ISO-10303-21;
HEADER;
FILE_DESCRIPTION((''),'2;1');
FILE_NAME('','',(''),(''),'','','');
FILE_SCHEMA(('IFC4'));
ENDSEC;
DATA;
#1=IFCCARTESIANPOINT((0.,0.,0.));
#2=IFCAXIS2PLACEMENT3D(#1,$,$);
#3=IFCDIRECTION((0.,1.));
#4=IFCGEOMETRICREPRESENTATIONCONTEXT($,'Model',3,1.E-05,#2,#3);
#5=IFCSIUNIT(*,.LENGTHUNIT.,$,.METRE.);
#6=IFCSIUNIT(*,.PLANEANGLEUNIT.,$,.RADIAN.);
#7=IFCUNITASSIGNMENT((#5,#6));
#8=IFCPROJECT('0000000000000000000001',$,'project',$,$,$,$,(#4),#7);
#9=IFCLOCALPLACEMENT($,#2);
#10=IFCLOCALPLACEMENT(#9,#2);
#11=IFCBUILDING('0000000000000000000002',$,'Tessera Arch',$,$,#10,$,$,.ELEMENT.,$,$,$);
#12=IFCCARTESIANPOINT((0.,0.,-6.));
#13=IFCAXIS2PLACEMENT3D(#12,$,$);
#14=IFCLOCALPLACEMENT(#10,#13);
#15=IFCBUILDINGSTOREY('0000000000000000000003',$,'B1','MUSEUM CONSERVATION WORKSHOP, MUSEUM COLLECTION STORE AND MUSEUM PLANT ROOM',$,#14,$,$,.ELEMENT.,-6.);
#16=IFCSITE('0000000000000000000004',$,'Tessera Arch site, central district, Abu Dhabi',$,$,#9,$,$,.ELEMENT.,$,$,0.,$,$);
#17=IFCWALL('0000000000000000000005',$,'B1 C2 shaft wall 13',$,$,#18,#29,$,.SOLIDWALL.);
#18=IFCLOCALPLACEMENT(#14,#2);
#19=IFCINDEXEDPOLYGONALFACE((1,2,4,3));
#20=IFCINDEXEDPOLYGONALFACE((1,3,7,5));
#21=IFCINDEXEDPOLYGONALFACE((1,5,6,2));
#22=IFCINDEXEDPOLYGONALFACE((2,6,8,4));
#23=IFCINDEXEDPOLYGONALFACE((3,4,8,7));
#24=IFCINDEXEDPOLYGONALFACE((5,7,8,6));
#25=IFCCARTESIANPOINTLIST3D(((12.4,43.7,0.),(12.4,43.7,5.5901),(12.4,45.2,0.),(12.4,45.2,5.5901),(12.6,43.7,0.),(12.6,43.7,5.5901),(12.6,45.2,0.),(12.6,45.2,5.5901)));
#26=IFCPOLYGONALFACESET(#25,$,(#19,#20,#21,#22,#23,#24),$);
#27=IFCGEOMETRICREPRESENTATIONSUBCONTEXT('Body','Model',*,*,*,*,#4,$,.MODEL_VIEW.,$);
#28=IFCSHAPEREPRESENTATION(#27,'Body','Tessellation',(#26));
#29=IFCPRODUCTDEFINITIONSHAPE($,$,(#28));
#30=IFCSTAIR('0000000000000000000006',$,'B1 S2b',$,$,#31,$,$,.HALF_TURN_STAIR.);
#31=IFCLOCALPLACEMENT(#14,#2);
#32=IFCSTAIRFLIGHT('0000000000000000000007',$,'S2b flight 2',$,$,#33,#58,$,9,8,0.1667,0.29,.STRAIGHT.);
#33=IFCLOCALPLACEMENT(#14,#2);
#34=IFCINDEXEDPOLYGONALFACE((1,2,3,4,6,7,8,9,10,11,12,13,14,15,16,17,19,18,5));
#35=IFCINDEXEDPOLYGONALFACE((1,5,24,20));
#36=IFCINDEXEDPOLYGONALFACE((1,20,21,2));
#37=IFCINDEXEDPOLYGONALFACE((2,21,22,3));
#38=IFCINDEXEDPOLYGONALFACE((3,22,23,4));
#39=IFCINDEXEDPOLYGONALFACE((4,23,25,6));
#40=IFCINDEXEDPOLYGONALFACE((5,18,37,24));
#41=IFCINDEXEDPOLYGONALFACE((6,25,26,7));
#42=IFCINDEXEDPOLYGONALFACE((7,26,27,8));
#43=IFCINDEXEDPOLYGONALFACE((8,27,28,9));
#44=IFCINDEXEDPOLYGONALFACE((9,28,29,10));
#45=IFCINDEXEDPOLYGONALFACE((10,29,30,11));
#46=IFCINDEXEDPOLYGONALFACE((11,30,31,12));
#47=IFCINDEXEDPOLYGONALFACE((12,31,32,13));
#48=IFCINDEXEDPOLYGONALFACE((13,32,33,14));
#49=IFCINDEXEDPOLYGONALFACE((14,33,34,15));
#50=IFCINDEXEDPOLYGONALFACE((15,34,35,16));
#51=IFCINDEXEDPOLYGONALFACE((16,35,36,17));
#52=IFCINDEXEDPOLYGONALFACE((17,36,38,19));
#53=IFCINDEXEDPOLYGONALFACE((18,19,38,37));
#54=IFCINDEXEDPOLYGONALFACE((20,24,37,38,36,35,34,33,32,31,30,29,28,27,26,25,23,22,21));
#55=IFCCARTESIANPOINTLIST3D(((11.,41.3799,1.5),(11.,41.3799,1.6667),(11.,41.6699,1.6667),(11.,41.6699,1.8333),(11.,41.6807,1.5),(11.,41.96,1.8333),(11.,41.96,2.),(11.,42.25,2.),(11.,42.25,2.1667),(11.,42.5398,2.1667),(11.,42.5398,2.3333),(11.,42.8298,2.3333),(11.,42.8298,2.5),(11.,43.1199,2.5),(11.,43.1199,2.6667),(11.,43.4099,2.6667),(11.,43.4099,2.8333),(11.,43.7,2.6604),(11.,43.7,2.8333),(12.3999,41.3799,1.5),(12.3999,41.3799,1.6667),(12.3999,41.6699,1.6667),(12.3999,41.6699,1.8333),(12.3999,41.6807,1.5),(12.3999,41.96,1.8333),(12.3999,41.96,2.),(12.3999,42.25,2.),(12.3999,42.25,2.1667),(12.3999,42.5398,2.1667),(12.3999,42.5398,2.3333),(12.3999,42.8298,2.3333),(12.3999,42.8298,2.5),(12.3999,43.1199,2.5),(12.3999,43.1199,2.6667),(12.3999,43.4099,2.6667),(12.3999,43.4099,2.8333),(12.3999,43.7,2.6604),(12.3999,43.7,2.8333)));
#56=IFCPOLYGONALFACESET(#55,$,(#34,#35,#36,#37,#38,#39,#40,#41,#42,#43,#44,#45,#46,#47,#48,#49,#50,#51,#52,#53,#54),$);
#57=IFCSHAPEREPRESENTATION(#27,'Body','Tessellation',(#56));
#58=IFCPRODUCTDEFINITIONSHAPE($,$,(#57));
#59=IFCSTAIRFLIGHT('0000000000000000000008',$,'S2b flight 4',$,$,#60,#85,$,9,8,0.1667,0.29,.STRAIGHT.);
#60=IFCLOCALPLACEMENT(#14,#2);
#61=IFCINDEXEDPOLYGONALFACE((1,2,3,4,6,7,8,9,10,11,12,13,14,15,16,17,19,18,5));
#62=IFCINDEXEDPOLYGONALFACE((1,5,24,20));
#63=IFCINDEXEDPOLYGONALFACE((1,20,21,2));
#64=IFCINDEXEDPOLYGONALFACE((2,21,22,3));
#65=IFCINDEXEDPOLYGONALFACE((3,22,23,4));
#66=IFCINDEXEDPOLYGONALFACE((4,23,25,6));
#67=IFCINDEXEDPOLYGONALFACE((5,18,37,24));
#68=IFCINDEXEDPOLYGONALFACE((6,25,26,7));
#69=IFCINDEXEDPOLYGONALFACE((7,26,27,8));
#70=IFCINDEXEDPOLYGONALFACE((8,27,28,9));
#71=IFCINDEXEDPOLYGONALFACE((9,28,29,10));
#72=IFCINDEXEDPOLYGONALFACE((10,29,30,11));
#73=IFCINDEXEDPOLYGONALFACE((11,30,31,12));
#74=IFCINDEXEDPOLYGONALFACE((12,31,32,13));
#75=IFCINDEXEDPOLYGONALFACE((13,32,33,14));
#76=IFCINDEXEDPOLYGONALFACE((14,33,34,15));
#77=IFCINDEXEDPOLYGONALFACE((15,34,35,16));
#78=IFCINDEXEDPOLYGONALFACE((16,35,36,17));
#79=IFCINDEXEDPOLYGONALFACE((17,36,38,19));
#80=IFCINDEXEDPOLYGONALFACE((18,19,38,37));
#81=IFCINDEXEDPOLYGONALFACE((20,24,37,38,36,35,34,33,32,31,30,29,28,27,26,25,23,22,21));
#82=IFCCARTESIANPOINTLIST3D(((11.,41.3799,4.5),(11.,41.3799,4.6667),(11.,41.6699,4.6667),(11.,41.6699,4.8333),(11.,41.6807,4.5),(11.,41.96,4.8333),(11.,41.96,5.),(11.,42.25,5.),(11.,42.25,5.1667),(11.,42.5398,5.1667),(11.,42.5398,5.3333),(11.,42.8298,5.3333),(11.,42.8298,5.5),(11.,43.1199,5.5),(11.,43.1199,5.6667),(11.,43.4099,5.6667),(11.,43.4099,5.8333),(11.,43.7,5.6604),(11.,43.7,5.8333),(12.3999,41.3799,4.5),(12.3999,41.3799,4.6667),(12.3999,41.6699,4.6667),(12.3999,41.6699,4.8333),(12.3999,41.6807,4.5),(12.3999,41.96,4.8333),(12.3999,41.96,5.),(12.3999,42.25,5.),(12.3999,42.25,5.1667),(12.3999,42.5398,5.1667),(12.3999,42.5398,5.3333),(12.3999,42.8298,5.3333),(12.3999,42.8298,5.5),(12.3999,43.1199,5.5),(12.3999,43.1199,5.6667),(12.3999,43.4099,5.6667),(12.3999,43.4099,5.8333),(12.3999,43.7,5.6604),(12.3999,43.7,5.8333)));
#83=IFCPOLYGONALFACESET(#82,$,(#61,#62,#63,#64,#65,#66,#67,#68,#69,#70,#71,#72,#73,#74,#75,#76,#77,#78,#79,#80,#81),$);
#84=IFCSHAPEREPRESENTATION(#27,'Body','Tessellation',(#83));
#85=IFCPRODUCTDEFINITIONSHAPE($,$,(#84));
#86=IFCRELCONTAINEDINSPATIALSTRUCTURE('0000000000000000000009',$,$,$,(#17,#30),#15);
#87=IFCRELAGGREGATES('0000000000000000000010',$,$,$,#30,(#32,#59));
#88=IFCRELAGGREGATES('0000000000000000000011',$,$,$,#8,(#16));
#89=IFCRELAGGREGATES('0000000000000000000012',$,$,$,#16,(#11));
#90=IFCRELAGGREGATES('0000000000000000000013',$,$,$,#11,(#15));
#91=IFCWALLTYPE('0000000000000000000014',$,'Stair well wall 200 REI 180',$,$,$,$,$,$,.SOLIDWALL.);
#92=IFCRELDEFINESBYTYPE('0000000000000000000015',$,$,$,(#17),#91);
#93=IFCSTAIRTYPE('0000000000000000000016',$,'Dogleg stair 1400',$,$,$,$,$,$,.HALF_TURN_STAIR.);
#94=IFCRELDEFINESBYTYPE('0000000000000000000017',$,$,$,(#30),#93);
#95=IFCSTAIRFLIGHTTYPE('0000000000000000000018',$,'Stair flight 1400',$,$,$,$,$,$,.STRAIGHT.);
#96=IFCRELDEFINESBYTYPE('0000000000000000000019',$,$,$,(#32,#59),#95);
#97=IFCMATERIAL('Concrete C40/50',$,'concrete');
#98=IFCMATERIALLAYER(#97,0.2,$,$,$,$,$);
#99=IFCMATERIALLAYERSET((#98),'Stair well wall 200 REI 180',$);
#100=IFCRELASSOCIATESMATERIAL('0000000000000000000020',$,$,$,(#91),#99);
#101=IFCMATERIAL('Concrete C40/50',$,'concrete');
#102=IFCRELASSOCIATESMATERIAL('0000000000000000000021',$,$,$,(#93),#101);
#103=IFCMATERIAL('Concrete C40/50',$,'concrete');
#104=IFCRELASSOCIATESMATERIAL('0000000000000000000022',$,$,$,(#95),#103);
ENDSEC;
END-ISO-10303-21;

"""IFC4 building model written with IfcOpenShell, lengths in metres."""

from ifc_helpers import new_model, si_unit, direction, frame, frame_2d, origin, place, context, subcontext, project, spatial, polyline, rectangle, outline, extrude, material, layer, layer_set, type_object, element, aggregate, save


model = new_model("IFC4")

# Units and contexts
model_context = context("Model", 3, precision=1e-05, world=origin(), true_north=direction((0.0, 1.0)))
body_context = subcontext(model_context, "Body", "Model", "MODEL_VIEW")
ifc_project = project(units=[si_unit("LENGTHUNIT", "METRE"), si_unit("PLANEANGLEUNIT", "RADIAN")], contexts=[model_context])

# Site, building, storey
site_placement = place(None, origin())
site = spatial("IfcSite", under=ifc_project, at=site_placement, Name="Tessera Arch site, central district, Abu Dhabi", CompositionType="ELEMENT", RefElevation=0.0)
building_placement = place(site_placement, origin())
building = spatial("IfcBuilding", under=site, at=building_placement, Name="Tessera Arch", CompositionType="ELEMENT")
storey_placement = place(building_placement, frame((0.0, 0.0, -6.0)))
storey = spatial("IfcBuildingStorey", under=building, at=storey_placement, Name="B1", Description="MUSEUM CONSERVATION WORKSHOP, MUSEUM COLLECTION STORE AND MUSEUM PLANT ROOM", CompositionType="ELEMENT", Elevation=-6.0)

# Wall
ifc_material_1 = material(Name="Concrete C40/50", Category="concrete")
ifc_layer_1 = layer(ifc_material_1, 0.2)
ifc_layer_set_1 = layer_set([ifc_layer_1], Name="Stair well wall 200 REI 180")
wall_type_1 = type_object("IfcWallType", Name="Stair well wall 200 REI 180", PredefinedType="SOLIDWALL", material=ifc_layer_set_1)
wall_1_placement = place(storey_placement, frame((12.5, 43.7, 0.0), z_axis=(0.0, 0.0, 1.0), x_axis=(0.0, 1.0, 0.0)))
element("IfcWall", 1, at=wall_1_placement, inside=storey, type_object=wall_type_1, Name="B1 C2 shaft wall 13", PredefinedType="SOLIDWALL", context=body_context, shape_type="SweptSolid", body=[
    extrude(rectangle(XDim=1.5, YDim=0.2, at=frame_2d((0.75, 0.0))), origin(), (0.0, 0.0, 1.0), 5.5901),
])

# Stair, stair flights
ifc_material_2 = material(Name="Concrete C40/50", Category="concrete")
stair_type = type_object("IfcStairType", Name="Dogleg stair 1400", PredefinedType="HALF_TURN_STAIR", material=ifc_material_2)
stair_placement = place(storey_placement, origin())
stair = element("IfcStair", 2, at=stair_placement, inside=storey, type_object=stair_type, Name="B1 S2b", PredefinedType="HALF_TURN_STAIR")
ifc_material_3 = material(Name="Concrete C40/50", Category="concrete")
stair_flight_type = type_object("IfcStairFlightType", Name="Stair flight 1400", PredefinedType="STRAIGHT", material=ifc_material_3)
stair_flight_1_placement = place(storey_placement, frame((11.7, 41.3799, 1.5), z_axis=(0.0, 0.0, 1.0), x_axis=(0.0, 1.0, 0.0)))
stair_flight_1 = element("IfcStairFlight", 3, at=stair_flight_1_placement, type_object=stair_flight_type, Name="S2b flight 2", NumberOfRisers=9, NumberOfTreads=8, PredefinedType="STRAIGHT", RiserHeight=0.1667, TreadLength=0.29, context=body_context, shape_type="SweptSolid", body=[
    extrude(outline(polyline([(0.0, 0.0), (0.0, 0.1667), (0.29, 0.1667), (0.29, 0.3333), (0.5801, 0.3333), (0.5801, 0.5), (0.8701, 0.5), (0.8701, 0.6667), (1.1599, 0.6667), (1.1599, 0.8333), (1.45, 0.8333), (1.45, 1.0), (1.74, 1.0), (1.74, 1.1667), (2.03, 1.1667), (2.03, 1.3333), (2.3201, 1.3333), (2.3201, 1.5), (2.3201, 1.1604), (0.3008, 0.0), (0.0, 0.0)])), frame((0.0, 0.7, 0.0), z_axis=(0.0, -1.0, 0.0), x_axis=(1.0, 0.0, 0.0)), (0.0, 0.0, 1.0), 1.3999),
])
stair_flight_2_placement = place(storey_placement, frame((11.7, 41.3799, 4.5), z_axis=(0.0, 0.0, 1.0), x_axis=(0.0, 1.0, 0.0)))
stair_flight_2 = element("IfcStairFlight", 4, at=stair_flight_2_placement, type_object=stair_flight_type, Name="S2b flight 4", NumberOfRisers=9, NumberOfTreads=8, PredefinedType="STRAIGHT", RiserHeight=0.1667, TreadLength=0.29, context=body_context, shape_type="SweptSolid", body=[
    extrude(outline(polyline([(0.0, 0.0), (0.0, 0.1667), (0.29, 0.1667), (0.29, 0.3333), (0.5801, 0.3333), (0.5801, 0.5), (0.8701, 0.5), (0.8701, 0.6667), (1.1599, 0.6667), (1.1599, 0.8333), (1.45, 0.8333), (1.45, 1.0), (1.74, 1.0), (1.74, 1.1667), (2.03, 1.1667), (2.03, 1.3333), (2.3201, 1.3333), (2.3201, 1.5), (2.3201, 1.1604), (0.3008, 0.0), (0.0, 0.0)])), frame((0.0, 0.7, 0.0), z_axis=(0.0, -1.0, 0.0), x_axis=(1.0, 0.0, 0.0)), (0.0, 0.0, 1.0), 1.3999),
])
aggregate(stair, [stair_flight_1, stair_flight_2])

save(model, "model.ifc")
